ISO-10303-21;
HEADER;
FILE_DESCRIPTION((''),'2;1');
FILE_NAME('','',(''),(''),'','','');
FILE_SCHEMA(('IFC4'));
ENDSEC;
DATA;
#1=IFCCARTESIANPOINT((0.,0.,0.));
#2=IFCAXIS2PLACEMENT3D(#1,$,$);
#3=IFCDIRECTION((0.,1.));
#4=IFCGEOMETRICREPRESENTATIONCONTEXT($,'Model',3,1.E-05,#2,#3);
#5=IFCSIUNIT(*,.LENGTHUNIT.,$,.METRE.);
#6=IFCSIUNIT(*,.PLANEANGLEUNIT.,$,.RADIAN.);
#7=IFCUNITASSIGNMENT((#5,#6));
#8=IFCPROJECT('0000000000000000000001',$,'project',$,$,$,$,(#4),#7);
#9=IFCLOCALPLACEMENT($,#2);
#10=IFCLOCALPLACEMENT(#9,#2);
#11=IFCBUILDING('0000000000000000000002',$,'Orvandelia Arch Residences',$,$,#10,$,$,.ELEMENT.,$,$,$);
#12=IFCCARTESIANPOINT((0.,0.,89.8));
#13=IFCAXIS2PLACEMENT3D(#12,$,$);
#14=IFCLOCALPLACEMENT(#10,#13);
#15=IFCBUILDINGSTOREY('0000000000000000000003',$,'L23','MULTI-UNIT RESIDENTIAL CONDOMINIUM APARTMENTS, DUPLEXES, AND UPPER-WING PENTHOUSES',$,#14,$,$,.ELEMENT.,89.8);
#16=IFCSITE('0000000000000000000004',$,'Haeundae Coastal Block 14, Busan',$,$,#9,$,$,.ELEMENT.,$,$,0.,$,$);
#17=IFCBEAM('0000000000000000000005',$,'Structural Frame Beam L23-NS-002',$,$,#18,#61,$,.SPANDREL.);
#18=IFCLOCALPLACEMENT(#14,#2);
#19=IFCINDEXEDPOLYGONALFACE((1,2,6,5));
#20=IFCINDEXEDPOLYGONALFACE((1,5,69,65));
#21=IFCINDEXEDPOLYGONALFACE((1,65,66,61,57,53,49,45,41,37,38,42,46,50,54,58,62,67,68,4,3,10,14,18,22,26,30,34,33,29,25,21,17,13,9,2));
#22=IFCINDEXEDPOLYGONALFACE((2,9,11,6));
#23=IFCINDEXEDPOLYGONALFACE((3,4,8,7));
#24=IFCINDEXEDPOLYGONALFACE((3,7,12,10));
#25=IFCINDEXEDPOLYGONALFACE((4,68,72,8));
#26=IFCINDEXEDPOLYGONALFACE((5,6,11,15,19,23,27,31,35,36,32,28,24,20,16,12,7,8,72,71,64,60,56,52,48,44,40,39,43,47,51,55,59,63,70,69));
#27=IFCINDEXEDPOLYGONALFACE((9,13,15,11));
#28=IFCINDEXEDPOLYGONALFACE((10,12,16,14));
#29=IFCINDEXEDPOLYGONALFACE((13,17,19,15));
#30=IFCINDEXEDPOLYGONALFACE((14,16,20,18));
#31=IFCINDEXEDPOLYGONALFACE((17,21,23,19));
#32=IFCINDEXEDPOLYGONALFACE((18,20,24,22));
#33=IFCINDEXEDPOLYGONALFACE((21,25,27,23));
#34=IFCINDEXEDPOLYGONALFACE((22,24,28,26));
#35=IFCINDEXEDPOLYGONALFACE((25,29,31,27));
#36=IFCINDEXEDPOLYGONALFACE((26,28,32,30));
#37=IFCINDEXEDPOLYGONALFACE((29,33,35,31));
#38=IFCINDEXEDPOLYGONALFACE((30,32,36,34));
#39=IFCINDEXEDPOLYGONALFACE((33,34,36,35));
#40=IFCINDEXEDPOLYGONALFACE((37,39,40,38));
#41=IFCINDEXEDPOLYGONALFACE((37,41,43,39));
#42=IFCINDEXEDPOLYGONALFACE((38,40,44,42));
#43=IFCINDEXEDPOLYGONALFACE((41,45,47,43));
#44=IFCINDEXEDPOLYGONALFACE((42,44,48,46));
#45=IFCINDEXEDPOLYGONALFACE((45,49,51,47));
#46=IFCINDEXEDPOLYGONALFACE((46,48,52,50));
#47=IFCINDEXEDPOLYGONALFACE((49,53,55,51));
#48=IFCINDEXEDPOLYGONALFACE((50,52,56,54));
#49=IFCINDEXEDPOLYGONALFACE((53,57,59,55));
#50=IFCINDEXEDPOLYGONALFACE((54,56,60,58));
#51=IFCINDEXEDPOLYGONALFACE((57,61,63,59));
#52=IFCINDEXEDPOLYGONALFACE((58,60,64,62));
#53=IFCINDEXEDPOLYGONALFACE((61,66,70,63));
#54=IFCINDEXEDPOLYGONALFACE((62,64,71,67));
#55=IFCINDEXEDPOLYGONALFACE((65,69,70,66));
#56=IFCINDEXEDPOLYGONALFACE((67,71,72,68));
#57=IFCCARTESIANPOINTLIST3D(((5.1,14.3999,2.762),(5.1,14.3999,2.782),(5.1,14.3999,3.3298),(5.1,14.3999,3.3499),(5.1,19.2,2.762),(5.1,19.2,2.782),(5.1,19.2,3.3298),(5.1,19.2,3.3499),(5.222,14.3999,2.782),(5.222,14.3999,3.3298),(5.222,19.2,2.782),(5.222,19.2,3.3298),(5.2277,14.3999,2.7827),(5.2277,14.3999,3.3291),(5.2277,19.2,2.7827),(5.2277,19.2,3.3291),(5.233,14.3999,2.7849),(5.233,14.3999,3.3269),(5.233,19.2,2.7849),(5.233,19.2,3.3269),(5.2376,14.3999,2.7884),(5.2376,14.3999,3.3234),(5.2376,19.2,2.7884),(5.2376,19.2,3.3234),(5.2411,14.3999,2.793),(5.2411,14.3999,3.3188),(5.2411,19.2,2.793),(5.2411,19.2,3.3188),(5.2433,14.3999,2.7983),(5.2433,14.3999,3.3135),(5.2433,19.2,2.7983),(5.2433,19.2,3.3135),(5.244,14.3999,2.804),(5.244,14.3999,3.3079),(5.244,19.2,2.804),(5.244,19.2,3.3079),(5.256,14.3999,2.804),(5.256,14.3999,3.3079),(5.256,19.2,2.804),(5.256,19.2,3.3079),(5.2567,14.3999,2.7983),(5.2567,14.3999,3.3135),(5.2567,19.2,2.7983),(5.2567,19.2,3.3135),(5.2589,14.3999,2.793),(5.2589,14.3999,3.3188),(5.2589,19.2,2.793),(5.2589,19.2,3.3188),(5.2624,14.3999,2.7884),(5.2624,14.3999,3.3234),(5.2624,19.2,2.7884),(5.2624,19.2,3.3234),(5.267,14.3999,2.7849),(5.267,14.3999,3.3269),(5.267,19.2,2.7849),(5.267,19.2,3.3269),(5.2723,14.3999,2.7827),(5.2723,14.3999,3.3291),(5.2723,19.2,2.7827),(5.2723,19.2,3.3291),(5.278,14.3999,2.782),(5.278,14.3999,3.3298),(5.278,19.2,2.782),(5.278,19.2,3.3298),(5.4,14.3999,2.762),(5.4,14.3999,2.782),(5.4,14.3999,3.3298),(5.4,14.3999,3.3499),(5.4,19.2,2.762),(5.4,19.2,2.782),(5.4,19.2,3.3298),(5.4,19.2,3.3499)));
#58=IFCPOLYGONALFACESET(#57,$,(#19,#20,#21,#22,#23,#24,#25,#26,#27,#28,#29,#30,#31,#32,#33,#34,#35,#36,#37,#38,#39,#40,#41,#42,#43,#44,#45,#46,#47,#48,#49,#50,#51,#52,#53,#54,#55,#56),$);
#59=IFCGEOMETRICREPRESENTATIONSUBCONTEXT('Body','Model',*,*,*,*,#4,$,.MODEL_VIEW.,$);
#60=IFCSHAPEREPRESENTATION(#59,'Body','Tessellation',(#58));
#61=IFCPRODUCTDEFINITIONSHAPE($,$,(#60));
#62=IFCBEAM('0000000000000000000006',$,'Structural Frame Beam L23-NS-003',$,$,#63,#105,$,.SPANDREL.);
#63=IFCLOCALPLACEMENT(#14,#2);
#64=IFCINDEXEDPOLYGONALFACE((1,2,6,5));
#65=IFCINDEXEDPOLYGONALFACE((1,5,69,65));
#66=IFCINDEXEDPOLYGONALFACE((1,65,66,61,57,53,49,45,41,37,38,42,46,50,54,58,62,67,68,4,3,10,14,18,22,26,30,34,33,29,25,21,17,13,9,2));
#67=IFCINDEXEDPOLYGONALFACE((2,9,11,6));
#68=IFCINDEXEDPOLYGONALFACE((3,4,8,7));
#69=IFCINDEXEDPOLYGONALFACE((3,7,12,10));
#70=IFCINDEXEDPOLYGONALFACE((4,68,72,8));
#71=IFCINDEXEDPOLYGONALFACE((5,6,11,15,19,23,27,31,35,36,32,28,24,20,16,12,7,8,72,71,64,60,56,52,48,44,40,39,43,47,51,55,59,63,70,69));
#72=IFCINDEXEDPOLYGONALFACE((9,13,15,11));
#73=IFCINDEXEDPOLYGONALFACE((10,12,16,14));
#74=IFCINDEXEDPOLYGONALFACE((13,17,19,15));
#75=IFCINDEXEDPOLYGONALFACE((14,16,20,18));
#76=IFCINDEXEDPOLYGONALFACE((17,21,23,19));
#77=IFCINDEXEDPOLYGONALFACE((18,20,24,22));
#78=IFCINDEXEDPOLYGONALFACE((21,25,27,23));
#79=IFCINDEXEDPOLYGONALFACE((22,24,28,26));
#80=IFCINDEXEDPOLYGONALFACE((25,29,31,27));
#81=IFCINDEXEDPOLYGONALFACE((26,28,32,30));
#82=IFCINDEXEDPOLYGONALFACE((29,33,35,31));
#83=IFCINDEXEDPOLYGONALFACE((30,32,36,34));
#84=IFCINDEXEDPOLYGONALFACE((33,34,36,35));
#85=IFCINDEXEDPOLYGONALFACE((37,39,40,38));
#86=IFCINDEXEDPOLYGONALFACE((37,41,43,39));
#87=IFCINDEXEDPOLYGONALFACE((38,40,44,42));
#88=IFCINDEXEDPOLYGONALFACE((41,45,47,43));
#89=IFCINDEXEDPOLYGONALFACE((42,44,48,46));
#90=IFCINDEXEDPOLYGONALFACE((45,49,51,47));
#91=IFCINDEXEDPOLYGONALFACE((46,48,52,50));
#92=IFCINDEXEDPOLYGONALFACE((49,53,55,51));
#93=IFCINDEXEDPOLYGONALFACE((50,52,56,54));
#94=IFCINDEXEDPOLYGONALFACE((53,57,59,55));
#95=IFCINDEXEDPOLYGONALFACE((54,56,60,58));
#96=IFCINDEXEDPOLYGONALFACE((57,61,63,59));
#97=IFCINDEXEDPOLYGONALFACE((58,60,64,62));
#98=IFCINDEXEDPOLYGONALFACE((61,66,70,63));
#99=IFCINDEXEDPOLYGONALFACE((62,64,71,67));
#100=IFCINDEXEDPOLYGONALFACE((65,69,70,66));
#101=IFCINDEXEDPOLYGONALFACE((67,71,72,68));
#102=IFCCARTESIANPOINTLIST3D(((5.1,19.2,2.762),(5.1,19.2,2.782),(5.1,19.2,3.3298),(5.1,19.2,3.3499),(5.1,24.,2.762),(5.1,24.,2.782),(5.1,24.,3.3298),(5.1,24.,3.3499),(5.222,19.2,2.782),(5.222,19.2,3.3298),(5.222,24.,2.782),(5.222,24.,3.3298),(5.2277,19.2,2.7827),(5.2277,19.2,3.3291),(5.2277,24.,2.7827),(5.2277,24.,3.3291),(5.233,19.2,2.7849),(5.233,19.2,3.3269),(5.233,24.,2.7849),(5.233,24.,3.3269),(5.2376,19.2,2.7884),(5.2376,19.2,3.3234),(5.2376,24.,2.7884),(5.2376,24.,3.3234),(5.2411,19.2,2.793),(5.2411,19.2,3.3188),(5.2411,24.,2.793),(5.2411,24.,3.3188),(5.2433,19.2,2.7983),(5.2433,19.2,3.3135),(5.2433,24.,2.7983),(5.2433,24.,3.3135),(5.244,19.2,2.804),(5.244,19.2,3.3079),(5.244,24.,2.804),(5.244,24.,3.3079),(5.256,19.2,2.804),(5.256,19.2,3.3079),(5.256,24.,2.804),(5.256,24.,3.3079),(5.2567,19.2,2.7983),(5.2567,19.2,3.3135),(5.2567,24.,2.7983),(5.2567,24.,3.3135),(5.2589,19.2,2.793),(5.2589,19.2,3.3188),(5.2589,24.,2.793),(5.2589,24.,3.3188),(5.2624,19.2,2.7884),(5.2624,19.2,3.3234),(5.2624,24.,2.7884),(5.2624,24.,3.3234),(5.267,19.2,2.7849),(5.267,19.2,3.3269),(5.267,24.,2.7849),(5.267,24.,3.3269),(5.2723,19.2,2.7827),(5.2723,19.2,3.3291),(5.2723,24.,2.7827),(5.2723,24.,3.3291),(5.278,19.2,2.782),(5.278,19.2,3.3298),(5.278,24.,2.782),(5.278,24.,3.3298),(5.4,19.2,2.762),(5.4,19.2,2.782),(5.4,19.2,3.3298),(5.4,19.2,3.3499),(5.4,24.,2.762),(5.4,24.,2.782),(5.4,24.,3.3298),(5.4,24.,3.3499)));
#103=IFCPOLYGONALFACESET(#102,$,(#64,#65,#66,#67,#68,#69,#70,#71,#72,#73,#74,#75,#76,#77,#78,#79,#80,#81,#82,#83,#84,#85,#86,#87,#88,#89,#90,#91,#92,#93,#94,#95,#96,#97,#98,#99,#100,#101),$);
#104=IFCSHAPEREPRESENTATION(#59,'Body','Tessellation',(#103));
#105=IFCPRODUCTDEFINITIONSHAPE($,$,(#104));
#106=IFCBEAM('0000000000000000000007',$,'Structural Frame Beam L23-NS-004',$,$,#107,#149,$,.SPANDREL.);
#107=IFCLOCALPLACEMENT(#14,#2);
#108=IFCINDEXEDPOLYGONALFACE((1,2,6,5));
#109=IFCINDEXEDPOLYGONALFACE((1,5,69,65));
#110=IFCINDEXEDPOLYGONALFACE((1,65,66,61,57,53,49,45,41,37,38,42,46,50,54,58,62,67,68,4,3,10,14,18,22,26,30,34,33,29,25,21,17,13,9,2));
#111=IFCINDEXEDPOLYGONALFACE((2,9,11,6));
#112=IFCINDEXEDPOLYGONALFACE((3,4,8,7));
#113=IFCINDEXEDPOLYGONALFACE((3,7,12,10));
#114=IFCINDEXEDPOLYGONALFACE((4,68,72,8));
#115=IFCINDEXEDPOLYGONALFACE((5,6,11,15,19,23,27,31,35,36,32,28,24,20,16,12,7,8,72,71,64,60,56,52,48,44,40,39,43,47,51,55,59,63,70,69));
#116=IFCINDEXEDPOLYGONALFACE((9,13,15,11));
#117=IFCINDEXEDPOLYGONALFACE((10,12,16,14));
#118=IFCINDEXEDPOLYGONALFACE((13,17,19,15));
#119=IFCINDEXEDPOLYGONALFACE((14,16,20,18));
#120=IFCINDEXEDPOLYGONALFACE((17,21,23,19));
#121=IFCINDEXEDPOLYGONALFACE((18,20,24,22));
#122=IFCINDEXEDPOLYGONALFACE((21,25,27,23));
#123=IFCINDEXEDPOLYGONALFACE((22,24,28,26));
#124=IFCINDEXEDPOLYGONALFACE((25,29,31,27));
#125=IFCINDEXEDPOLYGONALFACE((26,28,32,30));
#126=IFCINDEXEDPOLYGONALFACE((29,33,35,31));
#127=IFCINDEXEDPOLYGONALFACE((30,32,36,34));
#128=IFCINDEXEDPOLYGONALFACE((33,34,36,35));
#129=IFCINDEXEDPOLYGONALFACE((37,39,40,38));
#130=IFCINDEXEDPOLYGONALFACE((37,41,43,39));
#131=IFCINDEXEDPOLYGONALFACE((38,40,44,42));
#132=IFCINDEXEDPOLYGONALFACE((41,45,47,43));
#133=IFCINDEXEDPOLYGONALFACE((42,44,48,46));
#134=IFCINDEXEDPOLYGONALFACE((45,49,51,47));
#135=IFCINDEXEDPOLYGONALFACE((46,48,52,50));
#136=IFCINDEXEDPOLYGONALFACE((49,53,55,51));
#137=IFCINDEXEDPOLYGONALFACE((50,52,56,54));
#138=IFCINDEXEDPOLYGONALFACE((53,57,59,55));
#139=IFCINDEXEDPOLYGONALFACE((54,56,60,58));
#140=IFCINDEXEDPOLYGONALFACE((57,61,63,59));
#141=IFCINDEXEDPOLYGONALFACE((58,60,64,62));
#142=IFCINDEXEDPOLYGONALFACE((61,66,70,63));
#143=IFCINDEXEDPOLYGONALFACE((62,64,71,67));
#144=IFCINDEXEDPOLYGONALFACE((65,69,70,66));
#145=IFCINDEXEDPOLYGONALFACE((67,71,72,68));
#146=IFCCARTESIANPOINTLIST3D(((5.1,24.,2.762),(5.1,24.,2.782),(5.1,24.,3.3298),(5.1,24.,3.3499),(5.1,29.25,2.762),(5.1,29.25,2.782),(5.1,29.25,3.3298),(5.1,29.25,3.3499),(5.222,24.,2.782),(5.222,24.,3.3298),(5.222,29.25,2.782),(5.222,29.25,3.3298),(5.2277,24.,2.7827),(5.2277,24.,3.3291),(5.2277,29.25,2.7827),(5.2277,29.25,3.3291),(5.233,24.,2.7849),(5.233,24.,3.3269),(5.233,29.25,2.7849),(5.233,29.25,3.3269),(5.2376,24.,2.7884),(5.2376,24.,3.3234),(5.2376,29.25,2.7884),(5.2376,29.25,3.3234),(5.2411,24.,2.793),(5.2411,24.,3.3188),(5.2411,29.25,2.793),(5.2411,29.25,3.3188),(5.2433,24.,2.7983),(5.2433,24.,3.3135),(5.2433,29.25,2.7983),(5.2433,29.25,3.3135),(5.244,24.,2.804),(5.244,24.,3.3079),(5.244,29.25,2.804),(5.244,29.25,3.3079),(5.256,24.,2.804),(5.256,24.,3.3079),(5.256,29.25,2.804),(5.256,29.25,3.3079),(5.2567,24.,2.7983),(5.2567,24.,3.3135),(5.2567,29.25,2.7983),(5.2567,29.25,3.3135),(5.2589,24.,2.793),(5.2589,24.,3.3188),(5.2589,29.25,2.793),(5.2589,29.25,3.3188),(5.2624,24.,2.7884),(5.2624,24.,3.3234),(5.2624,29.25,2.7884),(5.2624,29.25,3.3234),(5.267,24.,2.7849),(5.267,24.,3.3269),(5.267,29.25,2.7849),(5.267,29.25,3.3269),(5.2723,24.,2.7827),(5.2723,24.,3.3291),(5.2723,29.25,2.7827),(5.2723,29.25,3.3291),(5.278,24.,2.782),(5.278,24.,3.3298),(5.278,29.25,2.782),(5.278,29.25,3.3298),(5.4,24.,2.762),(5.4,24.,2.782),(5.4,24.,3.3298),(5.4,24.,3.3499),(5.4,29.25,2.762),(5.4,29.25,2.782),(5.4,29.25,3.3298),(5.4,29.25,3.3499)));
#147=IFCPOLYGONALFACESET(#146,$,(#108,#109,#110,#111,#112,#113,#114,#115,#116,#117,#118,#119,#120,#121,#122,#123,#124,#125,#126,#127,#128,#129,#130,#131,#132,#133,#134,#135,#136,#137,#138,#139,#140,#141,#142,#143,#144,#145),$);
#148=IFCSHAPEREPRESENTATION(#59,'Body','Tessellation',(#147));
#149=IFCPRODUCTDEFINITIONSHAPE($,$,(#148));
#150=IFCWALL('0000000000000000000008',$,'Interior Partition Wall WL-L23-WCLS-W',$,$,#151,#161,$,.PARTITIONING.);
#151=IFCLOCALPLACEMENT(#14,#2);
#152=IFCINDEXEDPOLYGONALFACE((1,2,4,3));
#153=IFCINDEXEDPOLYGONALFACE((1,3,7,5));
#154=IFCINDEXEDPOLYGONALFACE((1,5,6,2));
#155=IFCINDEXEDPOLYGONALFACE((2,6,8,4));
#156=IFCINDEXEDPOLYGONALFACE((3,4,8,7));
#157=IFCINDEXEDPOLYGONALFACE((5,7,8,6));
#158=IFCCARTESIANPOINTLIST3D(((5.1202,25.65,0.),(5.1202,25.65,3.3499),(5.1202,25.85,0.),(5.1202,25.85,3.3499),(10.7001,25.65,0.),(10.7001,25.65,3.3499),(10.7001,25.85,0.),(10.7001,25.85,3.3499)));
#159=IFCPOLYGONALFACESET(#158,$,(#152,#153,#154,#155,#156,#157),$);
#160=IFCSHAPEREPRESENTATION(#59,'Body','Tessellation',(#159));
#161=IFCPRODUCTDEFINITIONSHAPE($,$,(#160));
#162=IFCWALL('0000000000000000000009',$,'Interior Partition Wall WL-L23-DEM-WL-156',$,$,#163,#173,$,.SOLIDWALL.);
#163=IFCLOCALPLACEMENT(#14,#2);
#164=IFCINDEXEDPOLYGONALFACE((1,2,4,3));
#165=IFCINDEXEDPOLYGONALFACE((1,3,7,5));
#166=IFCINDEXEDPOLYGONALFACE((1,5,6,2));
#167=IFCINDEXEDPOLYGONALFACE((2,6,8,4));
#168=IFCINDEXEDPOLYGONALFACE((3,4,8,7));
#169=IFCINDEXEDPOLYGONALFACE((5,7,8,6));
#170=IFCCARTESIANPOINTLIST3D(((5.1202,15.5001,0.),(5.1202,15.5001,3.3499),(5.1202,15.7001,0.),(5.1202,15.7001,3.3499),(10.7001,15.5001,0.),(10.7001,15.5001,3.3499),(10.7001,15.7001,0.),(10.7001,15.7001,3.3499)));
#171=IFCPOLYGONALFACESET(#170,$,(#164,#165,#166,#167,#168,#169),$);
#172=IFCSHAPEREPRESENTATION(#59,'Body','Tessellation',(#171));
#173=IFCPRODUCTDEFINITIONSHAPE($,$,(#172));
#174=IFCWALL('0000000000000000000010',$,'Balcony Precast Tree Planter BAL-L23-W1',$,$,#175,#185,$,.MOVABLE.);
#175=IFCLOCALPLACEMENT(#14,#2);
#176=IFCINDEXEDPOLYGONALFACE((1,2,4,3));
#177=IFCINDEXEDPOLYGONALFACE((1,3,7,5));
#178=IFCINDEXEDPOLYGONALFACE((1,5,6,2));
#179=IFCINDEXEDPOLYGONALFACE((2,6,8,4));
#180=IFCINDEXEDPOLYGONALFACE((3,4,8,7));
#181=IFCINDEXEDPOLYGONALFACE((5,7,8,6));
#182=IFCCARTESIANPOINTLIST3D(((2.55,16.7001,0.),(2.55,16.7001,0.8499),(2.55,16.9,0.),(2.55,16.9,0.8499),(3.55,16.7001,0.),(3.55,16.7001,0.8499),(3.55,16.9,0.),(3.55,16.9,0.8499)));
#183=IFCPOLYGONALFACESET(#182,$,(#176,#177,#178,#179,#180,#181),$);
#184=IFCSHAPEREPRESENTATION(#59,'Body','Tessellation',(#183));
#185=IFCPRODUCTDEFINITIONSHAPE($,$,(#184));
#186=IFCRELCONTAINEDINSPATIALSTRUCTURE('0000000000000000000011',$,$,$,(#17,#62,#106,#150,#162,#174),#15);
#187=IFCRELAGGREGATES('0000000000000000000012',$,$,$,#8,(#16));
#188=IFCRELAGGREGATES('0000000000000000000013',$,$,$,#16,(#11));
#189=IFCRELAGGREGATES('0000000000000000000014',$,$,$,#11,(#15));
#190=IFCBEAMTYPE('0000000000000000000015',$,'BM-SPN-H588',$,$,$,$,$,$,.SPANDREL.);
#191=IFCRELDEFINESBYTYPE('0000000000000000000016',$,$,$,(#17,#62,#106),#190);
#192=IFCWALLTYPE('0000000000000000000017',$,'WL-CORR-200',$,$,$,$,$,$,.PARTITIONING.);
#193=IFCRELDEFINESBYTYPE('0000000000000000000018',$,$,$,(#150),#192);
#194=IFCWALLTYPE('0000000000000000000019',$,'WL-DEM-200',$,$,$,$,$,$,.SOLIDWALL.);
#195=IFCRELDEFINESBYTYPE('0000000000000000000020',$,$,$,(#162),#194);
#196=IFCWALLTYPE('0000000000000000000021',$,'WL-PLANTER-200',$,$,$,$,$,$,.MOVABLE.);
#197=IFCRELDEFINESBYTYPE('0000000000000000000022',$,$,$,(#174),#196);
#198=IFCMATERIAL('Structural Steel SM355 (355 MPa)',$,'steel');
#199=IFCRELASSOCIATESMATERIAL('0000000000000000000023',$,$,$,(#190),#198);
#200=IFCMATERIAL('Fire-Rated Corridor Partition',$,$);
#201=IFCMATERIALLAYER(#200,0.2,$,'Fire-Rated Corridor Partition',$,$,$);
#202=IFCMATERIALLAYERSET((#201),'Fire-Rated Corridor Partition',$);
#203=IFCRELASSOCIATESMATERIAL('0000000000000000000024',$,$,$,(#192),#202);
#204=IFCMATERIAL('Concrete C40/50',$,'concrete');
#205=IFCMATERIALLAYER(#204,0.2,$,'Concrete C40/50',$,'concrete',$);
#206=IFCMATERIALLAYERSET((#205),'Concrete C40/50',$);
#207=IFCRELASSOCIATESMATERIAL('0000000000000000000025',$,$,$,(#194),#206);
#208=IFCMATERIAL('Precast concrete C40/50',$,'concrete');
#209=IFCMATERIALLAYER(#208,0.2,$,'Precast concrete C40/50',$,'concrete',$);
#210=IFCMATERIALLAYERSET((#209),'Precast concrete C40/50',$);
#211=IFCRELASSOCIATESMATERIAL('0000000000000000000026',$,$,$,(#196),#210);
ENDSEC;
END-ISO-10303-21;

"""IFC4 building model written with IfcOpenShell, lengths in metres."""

from ifc_helpers import new_model, si_unit, direction, frame, frame_2d, origin, origin_2d, place, context, subcontext, project, spatial, rectangle, i_section, extrude, material, layer, layer_set, material_profile, profile_set, type_object, element, save


model = new_model("IFC4")

# Units and contexts
model_context = context("Model", 3, precision=1e-05, world=origin(), true_north=direction((0.0, 1.0)))
body_context = subcontext(model_context, "Body", "Model", "MODEL_VIEW")
ifc_project = project(units=[si_unit("LENGTHUNIT", "METRE"), si_unit("PLANEANGLEUNIT", "RADIAN")], contexts=[model_context])

# Site, building, storey
site_placement = place(None, origin())
site = spatial("IfcSite", under=ifc_project, at=site_placement, Name="Haeundae Coastal Block 14, Busan", CompositionType="ELEMENT", RefElevation=0.0)
building_placement = place(site_placement, origin())
building = spatial("IfcBuilding", under=site, at=building_placement, Name="Orvandelia Arch Residences", CompositionType="ELEMENT")
storey_placement = place(building_placement, frame((0.0, 0.0, 89.8)))
storey = spatial("IfcBuildingStorey", under=building, at=storey_placement, Name="L23", Description="MULTI-UNIT RESIDENTIAL CONDOMINIUM APARTMENTS, DUPLEXES, AND UPPER-WING PENTHOUSES", CompositionType="ELEMENT", Elevation=89.8)

# Beams
ifc_material_1 = material(Name="Structural Steel SM355 (355 MPa)", Category="steel")
ifc_material_profile_1 = material_profile(ifc_material_1, i_section(OverallWidth=0.3, OverallDepth=0.5879, WebThickness=0.012, FlangeThickness=0.02, FilletRadius=0.022, at=origin_2d()), Name="Structural Steel SM355 (355 MPa)", Category="steel")
ifc_profile_set_1 = profile_set([ifc_material_profile_1], Name="Structural Steel SM355 (355 MPa)")
beam_type_1 = type_object("IfcBeamType", Name="BM-SPN-H588", PredefinedType="SPANDREL", material=ifc_profile_set_1)
for number, where, z_axis, x_axis, name in (
    (1, (5.25, 14.3999, 3.0559), (0.0, 1.0, 0.0), (-1.0, 0.0, 0.0), "Structural Frame Beam L23-NS-002"),
    (2, (5.25, 19.2, 3.0559), (0.0, 1.0, 0.0), (-1.0, 0.0, 0.0), "Structural Frame Beam L23-NS-003"),
):
    element("IfcBeam", number, at=place(storey_placement, frame(where, z_axis=z_axis, x_axis=x_axis)), inside=storey, type_object=beam_type_1, Name=name, PredefinedType="SPANDREL", context=body_context, shape_type="SweptSolid", body=[
        extrude(i_section(OverallWidth=0.3, OverallDepth=0.5879, WebThickness=0.012, FlangeThickness=0.02, FilletRadius=0.022, at=origin_2d()), origin(), (0.0, 0.0, 1.0), 4.8),
    ])
beam_placement = place(storey_placement, frame((5.25, 24.0, 3.0559), z_axis=(0.0, 1.0, 0.0), x_axis=(-1.0, 0.0, 0.0)))
element("IfcBeam", 3, at=beam_placement, inside=storey, type_object=beam_type_1, Name="Structural Frame Beam L23-NS-004", PredefinedType="SPANDREL", context=body_context, shape_type="SweptSolid", body=[
    extrude(i_section(OverallWidth=0.3, OverallDepth=0.5879, WebThickness=0.012, FlangeThickness=0.02, FilletRadius=0.022, at=origin_2d()), origin(), (0.0, 0.0, 1.0), 5.25),
])

# Walls
ifc_material_2 = material(Name="Fire-Rated Corridor Partition")
ifc_layer_1 = layer(ifc_material_2, 0.2, Name="Fire-Rated Corridor Partition")
ifc_layer_set_1 = layer_set([ifc_layer_1], Name="Fire-Rated Corridor Partition")
wall_type_1 = type_object("IfcWallType", Name="WL-CORR-200", PredefinedType="PARTITIONING", material=ifc_layer_set_1)
wall_1_placement = place(storey_placement, frame((5.1201, 25.75, 0.0), z_axis=(0.0, 0.0, 1.0), x_axis=(1.0, 0.0, 0.0)))
element("IfcWall", 4, at=wall_1_placement, inside=storey, type_object=wall_type_1, Name="Interior Partition Wall WL-L23-WCLS-W", PredefinedType="PARTITIONING", context=body_context, shape_type="SweptSolid", body=[
    extrude(rectangle(XDim=5.5798, YDim=0.2, at=frame_2d((2.79, 0.0))), origin(), (0.0, 0.0, 1.0), 3.3499),
])
ifc_material_3 = material(Name="Concrete C40/50", Category="concrete")
ifc_layer_2 = layer(ifc_material_3, 0.2, Name="Concrete C40/50", Category="concrete")
ifc_layer_set_2 = layer_set([ifc_layer_2], Name="Concrete C40/50")
wall_type_2 = type_object("IfcWallType", Name="WL-DEM-200", PredefinedType="SOLIDWALL", material=ifc_layer_set_2)
wall_2_placement = place(storey_placement, frame((5.1201, 15.6001, 0.0), z_axis=(0.0, 0.0, 1.0), x_axis=(1.0, 0.0, 0.0)))
element("IfcWall", 5, at=wall_2_placement, inside=storey, type_object=wall_type_2, Name="Interior Partition Wall WL-L23-DEM-WL-156", PredefinedType="SOLIDWALL", context=body_context, shape_type="SweptSolid", body=[
    extrude(rectangle(XDim=5.5798, YDim=0.2, at=frame_2d((2.79, 0.0))), origin(), (0.0, 0.0, 1.0), 3.3499),
])
ifc_material_4 = material(Name="Precast concrete C40/50", Category="concrete")
ifc_layer_3 = layer(ifc_material_4, 0.2, Name="Precast concrete C40/50", Category="concrete")
ifc_layer_set_3 = layer_set([ifc_layer_3], Name="Precast concrete C40/50")
wall_type_3 = type_object("IfcWallType", Name="WL-PLANTER-200", PredefinedType="MOVABLE", material=ifc_layer_set_3)
wall_3_placement = place(storey_placement, frame((2.55, 16.8, 0.0), z_axis=(0.0, 0.0, 1.0), x_axis=(1.0, 0.0, 0.0)))
element("IfcWall", 6, at=wall_3_placement, inside=storey, type_object=wall_type_3, Name="Balcony Precast Tree Planter BAL-L23-W1", PredefinedType="MOVABLE", context=body_context, shape_type="SweptSolid", body=[
    extrude(rectangle(XDim=1.0, YDim=0.2, at=frame_2d((0.5, 0.0))), origin(), (0.0, 0.0, 1.0), 0.8499),
])

save(model, "model.ifc")
